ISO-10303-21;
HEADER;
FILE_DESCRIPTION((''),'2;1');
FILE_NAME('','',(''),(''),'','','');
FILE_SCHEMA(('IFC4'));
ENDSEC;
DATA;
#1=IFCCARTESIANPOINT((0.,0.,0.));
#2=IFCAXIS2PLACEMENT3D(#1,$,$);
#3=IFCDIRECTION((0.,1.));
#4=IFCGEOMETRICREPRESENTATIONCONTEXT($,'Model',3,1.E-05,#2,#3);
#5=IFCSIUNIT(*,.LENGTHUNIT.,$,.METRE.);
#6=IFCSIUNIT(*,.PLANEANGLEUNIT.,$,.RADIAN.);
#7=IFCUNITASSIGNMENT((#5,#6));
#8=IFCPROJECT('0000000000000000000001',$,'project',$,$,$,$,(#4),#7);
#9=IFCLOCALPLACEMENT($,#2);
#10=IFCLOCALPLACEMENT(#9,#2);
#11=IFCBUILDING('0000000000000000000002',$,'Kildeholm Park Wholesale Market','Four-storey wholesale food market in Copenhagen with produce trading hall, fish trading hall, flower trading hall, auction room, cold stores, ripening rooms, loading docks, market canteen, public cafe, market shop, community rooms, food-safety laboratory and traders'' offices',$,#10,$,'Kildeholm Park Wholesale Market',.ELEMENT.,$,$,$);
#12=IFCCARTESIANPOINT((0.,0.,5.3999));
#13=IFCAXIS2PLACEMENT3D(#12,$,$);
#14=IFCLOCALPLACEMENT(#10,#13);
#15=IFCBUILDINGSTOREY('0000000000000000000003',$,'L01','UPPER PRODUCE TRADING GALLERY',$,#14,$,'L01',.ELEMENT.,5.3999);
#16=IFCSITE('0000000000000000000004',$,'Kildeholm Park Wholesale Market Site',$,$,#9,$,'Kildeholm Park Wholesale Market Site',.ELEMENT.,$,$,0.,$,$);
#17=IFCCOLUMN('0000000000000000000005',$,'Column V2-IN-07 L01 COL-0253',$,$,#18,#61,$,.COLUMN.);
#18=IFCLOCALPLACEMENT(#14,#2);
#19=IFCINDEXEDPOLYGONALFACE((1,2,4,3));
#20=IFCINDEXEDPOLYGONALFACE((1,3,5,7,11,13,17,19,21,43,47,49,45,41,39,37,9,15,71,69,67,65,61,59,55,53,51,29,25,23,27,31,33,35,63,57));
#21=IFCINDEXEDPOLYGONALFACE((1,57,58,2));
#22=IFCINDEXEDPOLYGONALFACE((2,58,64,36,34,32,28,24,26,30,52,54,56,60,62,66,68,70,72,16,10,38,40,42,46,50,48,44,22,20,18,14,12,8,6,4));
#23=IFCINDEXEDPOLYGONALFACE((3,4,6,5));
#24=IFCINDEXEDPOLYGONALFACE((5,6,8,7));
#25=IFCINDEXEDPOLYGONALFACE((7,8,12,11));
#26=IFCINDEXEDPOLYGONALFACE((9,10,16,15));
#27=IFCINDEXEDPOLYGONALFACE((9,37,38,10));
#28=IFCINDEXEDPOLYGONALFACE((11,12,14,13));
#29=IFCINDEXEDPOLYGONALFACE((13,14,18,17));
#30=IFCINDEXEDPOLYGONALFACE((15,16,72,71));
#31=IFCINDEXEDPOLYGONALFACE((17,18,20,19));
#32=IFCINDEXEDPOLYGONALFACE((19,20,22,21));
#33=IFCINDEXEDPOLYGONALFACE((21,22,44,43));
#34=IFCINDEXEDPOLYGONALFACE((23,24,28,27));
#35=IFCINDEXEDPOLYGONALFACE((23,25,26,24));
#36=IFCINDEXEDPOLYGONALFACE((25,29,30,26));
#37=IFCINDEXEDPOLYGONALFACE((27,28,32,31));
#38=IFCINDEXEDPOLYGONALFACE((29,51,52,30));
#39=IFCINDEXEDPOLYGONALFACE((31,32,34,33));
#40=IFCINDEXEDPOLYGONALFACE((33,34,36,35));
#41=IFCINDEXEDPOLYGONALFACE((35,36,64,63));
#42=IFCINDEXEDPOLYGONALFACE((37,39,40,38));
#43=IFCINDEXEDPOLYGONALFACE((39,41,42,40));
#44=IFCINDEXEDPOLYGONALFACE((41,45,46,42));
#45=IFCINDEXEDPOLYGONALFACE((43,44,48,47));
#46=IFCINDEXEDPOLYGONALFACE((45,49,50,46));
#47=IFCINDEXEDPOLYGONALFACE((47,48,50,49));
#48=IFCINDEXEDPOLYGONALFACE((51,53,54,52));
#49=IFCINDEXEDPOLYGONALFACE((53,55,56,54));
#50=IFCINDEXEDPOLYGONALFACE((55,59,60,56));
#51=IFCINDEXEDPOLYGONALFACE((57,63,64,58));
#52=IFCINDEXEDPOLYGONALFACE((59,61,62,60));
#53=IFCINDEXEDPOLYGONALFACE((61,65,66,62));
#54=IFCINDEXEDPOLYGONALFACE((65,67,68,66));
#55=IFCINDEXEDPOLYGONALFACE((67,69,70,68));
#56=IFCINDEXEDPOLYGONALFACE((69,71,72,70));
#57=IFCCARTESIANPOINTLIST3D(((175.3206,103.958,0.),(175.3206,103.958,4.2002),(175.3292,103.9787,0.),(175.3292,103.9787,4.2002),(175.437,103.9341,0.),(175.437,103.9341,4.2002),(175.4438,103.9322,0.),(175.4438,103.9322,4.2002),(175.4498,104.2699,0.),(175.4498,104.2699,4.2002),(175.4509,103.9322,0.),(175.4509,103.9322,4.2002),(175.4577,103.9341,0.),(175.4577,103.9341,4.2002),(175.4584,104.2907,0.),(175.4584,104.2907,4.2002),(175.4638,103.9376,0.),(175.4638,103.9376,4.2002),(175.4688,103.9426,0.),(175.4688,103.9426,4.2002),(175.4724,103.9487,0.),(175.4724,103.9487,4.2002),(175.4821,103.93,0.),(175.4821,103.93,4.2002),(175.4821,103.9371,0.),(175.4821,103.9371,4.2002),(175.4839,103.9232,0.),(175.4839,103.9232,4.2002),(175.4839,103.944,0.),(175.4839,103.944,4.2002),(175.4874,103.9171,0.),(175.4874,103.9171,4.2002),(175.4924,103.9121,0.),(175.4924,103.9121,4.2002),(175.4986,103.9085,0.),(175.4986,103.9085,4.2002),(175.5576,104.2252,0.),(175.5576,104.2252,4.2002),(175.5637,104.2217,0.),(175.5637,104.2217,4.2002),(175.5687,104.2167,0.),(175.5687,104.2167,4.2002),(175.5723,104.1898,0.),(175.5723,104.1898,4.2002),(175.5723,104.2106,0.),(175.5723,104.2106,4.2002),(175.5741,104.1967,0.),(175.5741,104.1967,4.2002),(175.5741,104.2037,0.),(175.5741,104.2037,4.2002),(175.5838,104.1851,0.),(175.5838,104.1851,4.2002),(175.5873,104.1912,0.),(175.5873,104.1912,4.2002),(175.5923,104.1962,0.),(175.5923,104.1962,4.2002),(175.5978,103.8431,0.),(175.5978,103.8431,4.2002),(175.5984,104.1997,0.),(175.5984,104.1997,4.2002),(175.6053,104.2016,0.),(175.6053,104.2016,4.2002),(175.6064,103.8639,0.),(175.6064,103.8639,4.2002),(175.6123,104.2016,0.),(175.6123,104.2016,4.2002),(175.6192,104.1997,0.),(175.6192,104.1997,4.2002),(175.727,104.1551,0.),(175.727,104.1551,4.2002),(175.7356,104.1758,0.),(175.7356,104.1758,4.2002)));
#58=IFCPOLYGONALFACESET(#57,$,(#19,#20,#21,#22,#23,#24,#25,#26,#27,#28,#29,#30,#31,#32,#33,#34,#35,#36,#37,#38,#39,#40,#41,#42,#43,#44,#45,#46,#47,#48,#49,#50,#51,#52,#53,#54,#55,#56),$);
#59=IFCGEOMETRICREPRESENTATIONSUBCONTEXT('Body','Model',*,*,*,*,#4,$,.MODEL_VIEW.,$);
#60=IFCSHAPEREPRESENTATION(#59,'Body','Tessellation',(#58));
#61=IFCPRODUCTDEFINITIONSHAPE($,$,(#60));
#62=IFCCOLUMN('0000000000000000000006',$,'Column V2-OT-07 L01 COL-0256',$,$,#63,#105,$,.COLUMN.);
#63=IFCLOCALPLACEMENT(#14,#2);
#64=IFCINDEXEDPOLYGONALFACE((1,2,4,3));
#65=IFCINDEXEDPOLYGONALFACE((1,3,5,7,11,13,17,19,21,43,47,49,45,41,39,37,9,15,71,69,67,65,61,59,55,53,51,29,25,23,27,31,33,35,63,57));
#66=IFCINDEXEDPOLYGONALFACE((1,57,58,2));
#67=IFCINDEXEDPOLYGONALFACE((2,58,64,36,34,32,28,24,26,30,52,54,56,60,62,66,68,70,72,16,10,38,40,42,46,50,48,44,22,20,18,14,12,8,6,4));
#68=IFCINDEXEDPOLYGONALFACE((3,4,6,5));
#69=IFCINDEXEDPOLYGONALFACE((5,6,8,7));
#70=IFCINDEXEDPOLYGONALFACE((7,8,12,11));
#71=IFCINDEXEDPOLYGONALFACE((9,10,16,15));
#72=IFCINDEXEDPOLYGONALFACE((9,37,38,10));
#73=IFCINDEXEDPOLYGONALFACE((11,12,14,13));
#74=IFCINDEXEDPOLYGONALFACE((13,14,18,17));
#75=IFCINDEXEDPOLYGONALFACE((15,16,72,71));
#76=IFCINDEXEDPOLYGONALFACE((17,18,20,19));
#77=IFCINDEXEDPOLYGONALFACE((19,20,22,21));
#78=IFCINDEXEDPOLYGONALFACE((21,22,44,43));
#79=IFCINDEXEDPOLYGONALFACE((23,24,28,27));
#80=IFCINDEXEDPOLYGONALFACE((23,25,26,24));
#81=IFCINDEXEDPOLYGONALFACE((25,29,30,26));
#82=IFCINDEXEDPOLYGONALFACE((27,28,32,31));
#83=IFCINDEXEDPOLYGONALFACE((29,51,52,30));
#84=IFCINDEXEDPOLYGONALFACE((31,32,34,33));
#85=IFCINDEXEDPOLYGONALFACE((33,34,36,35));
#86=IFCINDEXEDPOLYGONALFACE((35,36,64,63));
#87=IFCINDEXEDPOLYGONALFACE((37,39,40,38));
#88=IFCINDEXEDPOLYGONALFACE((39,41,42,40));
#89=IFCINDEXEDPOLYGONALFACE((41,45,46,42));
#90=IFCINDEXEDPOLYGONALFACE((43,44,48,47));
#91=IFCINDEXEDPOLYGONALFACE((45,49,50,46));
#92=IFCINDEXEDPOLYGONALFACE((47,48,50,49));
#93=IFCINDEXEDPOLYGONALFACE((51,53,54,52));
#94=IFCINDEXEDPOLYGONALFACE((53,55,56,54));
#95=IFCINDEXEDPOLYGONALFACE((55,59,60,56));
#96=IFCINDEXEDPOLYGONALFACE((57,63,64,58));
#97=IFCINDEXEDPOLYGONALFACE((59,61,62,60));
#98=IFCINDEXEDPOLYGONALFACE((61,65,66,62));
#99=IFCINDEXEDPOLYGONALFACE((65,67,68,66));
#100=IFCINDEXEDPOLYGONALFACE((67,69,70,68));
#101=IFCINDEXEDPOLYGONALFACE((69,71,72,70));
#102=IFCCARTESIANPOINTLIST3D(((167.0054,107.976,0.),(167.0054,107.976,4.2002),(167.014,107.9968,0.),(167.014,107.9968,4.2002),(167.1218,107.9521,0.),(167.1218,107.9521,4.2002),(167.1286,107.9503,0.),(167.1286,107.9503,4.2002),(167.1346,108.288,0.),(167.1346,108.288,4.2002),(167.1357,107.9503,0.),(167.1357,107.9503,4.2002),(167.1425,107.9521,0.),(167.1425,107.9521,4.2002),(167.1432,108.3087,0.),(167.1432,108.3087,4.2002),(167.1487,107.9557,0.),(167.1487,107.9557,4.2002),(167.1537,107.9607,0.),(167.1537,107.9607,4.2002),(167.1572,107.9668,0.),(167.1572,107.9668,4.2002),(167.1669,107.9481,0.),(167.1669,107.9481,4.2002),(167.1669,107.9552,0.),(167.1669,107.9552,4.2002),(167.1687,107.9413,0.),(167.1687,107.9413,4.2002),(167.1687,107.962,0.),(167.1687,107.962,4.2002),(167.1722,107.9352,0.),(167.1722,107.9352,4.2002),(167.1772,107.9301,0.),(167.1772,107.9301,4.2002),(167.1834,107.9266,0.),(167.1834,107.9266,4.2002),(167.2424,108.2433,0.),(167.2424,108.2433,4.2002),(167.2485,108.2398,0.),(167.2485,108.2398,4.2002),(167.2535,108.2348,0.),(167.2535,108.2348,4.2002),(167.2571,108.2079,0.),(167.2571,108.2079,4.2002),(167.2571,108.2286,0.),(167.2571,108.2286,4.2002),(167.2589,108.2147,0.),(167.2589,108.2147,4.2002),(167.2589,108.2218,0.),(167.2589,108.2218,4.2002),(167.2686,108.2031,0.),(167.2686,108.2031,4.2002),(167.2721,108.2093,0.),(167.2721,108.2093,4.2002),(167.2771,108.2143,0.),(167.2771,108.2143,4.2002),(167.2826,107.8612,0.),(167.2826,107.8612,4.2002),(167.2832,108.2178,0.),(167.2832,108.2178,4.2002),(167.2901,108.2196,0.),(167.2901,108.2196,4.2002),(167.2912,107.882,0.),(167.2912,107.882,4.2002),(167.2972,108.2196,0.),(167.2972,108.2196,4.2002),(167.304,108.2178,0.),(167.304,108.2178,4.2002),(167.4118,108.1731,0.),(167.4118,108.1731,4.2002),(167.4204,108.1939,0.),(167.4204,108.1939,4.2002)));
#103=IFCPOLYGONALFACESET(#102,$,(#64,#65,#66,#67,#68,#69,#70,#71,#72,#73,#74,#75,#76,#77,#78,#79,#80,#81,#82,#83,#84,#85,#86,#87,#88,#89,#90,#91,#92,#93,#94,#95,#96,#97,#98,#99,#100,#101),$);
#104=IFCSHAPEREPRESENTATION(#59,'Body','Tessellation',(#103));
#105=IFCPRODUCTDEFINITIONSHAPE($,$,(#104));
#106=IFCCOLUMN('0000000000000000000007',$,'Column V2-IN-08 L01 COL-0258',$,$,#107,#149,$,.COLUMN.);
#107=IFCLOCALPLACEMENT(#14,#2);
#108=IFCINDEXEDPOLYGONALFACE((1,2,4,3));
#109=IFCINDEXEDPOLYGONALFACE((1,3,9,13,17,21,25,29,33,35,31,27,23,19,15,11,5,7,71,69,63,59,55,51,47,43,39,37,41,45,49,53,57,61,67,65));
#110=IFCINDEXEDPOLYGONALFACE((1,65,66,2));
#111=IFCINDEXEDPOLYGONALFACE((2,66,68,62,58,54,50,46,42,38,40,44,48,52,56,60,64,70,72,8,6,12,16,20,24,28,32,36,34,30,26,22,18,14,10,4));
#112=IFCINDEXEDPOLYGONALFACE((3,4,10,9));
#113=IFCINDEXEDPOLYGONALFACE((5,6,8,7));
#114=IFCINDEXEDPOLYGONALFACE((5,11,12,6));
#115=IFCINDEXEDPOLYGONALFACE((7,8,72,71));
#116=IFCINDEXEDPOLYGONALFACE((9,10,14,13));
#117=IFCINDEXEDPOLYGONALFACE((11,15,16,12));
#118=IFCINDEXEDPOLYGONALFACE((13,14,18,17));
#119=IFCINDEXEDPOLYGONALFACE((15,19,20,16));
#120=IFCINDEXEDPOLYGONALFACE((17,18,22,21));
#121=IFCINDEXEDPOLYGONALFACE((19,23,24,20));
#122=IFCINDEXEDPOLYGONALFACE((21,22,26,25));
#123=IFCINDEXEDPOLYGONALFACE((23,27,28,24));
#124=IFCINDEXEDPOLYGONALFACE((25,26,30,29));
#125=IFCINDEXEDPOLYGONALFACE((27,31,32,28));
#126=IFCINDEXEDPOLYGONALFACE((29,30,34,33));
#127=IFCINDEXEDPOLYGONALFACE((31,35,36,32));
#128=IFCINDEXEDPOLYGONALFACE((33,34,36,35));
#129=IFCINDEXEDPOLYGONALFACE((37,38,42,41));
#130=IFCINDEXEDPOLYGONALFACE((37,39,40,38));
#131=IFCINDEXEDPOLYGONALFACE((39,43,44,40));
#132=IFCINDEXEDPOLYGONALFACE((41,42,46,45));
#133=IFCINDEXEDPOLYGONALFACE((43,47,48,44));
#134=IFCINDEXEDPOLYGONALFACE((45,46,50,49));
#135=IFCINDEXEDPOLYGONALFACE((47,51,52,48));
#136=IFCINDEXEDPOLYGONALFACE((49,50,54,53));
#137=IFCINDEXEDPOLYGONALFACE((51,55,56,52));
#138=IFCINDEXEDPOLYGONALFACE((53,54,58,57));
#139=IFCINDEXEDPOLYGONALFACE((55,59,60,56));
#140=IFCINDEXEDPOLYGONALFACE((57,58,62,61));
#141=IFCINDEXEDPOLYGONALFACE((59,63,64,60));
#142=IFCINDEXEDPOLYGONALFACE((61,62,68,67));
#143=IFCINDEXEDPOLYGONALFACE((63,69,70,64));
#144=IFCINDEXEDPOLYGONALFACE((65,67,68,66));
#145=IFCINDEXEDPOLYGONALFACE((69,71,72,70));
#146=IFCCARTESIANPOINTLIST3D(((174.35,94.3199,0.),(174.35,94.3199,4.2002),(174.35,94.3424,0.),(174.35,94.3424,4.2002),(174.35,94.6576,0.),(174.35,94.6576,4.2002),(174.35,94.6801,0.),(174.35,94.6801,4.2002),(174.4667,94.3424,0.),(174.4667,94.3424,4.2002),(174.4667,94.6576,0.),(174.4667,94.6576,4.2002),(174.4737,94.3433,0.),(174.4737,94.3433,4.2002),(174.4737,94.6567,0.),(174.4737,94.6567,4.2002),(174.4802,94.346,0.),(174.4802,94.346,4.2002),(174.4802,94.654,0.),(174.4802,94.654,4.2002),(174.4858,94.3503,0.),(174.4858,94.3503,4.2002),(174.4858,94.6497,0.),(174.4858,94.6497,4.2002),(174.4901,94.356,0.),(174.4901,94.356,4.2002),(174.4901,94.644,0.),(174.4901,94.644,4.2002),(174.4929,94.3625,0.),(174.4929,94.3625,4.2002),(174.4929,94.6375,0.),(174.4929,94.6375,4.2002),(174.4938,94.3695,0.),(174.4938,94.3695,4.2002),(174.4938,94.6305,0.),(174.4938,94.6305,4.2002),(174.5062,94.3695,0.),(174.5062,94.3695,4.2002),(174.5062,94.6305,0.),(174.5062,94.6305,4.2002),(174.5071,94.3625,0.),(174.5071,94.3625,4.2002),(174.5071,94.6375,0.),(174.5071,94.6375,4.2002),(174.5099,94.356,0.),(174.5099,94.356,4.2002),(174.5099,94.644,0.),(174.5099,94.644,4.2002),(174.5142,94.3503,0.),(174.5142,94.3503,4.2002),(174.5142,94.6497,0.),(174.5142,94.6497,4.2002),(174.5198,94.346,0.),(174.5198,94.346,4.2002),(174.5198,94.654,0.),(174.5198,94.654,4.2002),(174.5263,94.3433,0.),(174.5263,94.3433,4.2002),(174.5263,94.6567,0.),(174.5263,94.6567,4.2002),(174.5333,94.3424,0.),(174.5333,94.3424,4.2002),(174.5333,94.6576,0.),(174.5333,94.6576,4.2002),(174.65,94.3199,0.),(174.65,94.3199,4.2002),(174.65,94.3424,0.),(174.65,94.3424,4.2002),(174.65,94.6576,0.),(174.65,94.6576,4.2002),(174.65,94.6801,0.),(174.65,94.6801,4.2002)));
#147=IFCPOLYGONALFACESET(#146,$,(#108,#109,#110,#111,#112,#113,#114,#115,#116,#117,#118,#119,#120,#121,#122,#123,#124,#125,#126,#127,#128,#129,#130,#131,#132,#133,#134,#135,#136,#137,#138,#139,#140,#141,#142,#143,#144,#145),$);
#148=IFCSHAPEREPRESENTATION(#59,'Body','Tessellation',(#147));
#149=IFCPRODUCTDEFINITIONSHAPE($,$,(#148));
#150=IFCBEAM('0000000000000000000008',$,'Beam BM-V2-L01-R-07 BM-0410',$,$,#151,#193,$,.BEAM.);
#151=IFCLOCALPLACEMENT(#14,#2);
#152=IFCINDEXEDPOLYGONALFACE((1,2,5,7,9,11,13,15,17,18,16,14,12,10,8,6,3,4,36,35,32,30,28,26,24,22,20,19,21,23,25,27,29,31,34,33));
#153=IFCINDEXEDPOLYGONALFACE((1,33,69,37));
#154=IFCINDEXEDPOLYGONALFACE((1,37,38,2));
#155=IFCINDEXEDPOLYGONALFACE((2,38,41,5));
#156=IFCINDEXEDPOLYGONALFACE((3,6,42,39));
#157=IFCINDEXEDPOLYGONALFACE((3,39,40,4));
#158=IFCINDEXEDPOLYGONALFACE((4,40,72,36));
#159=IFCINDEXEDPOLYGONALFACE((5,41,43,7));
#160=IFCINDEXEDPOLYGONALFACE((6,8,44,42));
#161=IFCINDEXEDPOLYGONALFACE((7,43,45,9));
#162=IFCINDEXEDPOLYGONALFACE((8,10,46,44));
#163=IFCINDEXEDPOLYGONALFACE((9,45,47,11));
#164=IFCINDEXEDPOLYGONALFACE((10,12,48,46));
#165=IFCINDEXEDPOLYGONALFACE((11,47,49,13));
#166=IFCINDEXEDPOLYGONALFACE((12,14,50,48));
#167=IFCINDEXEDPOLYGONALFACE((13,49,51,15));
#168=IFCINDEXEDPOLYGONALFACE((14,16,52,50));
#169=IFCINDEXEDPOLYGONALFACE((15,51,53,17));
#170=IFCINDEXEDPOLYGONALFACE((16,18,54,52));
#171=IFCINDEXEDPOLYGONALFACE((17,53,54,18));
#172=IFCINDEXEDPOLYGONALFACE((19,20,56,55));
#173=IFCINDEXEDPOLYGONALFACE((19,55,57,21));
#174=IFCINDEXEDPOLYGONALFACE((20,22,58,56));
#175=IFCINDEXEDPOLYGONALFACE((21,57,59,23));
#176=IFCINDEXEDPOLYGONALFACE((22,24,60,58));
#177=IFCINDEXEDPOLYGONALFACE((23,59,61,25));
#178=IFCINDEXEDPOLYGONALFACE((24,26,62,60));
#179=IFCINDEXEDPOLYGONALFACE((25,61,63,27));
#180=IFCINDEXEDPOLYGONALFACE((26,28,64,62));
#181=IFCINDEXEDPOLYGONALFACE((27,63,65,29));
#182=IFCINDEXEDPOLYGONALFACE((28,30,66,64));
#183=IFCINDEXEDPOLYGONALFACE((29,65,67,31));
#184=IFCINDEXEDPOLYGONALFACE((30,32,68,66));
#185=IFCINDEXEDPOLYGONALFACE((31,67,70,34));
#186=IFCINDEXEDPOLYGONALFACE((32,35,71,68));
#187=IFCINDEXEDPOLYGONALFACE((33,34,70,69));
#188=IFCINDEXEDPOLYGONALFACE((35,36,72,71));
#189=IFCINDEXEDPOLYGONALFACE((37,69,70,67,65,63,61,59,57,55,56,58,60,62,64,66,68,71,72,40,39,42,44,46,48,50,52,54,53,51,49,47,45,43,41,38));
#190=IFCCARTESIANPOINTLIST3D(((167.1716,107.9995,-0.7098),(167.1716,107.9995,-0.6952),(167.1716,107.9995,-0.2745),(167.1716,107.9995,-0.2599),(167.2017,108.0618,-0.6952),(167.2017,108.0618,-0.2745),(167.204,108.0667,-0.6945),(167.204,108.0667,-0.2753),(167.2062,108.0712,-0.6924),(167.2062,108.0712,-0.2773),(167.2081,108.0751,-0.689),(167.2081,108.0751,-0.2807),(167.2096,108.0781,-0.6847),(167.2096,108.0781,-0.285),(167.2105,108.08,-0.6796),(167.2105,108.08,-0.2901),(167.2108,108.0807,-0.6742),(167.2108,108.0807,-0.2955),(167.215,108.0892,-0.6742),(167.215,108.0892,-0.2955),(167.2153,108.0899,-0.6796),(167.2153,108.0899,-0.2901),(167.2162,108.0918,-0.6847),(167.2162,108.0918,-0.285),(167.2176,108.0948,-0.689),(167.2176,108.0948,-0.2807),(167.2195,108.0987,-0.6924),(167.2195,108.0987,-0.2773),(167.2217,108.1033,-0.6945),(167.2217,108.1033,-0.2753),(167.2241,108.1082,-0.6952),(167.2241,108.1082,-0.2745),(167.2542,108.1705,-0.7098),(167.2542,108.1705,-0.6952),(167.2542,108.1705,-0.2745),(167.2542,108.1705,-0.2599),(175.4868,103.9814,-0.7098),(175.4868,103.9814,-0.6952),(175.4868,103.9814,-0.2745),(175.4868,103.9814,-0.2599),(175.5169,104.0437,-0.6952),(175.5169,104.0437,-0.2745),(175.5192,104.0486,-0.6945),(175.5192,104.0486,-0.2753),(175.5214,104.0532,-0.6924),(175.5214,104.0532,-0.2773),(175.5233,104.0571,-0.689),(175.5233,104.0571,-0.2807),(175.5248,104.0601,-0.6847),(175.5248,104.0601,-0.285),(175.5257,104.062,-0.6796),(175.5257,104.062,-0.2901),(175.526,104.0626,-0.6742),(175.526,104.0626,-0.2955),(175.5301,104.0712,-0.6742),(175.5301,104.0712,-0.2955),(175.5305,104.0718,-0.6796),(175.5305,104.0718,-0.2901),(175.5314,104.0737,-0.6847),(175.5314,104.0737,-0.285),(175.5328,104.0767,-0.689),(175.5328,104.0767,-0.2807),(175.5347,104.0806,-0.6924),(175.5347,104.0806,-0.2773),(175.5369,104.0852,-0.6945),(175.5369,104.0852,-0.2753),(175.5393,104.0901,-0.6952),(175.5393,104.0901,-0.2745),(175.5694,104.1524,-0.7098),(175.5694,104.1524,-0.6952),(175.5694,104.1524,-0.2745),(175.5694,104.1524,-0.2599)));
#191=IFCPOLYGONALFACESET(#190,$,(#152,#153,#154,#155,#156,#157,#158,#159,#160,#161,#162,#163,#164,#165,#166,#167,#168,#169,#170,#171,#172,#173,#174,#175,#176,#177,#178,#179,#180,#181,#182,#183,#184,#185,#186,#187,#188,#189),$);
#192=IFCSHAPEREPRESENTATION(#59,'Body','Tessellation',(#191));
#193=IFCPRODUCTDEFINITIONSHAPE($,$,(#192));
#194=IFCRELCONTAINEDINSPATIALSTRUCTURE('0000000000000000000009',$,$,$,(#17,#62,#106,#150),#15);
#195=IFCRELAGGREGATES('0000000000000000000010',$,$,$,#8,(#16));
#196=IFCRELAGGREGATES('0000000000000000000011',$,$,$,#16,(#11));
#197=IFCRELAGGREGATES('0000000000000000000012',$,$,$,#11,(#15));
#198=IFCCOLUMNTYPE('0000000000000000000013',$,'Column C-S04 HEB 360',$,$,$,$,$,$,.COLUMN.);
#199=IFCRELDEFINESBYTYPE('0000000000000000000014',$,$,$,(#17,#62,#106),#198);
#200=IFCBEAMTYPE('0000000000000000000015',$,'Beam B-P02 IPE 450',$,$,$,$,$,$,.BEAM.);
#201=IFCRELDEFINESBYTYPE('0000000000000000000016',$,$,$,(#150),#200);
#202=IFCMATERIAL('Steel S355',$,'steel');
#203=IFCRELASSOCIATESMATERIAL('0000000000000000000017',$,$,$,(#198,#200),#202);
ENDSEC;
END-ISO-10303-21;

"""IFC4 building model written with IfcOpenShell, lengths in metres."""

from ifc_helpers import new_model, si_unit, direction, frame, origin, origin_2d, place, context, subcontext, project, spatial, i_section, extrude, material, material_profile, profile_set, type_object, element, save


model = new_model("IFC4")

# Units and contexts
model_context = context("Model", 3, precision=1e-05, world=origin(), true_north=direction((0.0, 1.0)))
body_context = subcontext(model_context, "Body", "Model", "MODEL_VIEW")
ifc_project = project(units=[si_unit("LENGTHUNIT", "METRE"), si_unit("PLANEANGLEUNIT", "RADIAN")], contexts=[model_context])

# Site, building, storey
site_placement = place(None, origin())
site = spatial("IfcSite", under=ifc_project, at=site_placement, Name="Kildeholm Park Wholesale Market Site", LongName="Kildeholm Park Wholesale Market Site", CompositionType="ELEMENT", RefElevation=0.0)
building_placement = place(site_placement, origin())
building = spatial("IfcBuilding", under=site, at=building_placement, Name="Kildeholm Park Wholesale Market", Description="Four-storey wholesale food market in Copenhagen with produce trading hall, fish trading hall, flower trading hall, auction room, cold stores, ripening rooms, loading docks, market canteen, public cafe, market shop, community rooms, food-safety laboratory and traders' offices", LongName="Kildeholm Park Wholesale Market", CompositionType="ELEMENT")
storey_placement = place(building_placement, frame((0.0, 0.0, 5.3999)))
storey = spatial("IfcBuildingStorey", under=building, at=storey_placement, Name="L01", Description="UPPER PRODUCE TRADING GALLERY", LongName="L01", CompositionType="ELEMENT", Elevation=5.3999)

# Columns
ifc_material_1 = material(Name="Steel S355", Category="steel")
ifc_material_profile_1 = material_profile(ifc_material_1, i_section(OverallWidth=0.3, OverallDepth=0.3601, WebThickness=0.0125, FlangeThickness=0.0225, FilletRadius=0.0271, at=origin_2d()), Name="HEB 360")
ifc_profile_set_1 = profile_set([ifc_material_profile_1], Name="Steel S355")
column_type = type_object("IfcColumnType", Name="Column C-S04 HEB 360", PredefinedType="COLUMN", material=ifc_profile_set_1)
for number, where, z_axis, x_axis, name in (
    (1, (175.5281, 104.0669, 0.0), (0.0, 0.0, 1.0), (-0.92388, 0.382683, 0.0), "Column V2-IN-07 L01 COL-0253"),
    (2, (167.2129, 108.085, 0.0), (0.0, 0.0, 1.0), (-0.92388, 0.382683, 0.0), "Column V2-OT-07 L01 COL-0256"),
    (3, (174.5, 94.5, 0.0), (0.0, 0.0, 1.0), (-1.0, 0.0, 0.0), "Column V2-IN-08 L01 COL-0258"),
):
    element("IfcColumn", number, at=place(storey_placement, frame(where, z_axis=z_axis, x_axis=x_axis)), inside=storey, type_object=column_type, Name=name, PredefinedType="COLUMN", context=body_context, shape_type="SweptSolid", body=[
        extrude(i_section(OverallWidth=0.3, OverallDepth=0.3601, WebThickness=0.0125, FlangeThickness=0.0225, FilletRadius=0.0271, at=origin_2d()), origin(), (0.0, 0.0, 1.0), 4.2002),
    ])

# Beam
ifc_material_profile_2 = material_profile(ifc_material_1, i_section(OverallWidth=0.1899, OverallDepth=0.45, WebThickness=0.0095, FlangeThickness=0.0146, FilletRadius=0.021, at=origin_2d()), Name="IPE 450")
ifc_profile_set_2 = profile_set([ifc_material_profile_2], Name="Steel S355")
beam_type_1 = type_object("IfcBeamType", Name="Beam B-P02 IPE 450", PredefinedType="BEAM", material=ifc_profile_set_2)
beam_1_placement = place(storey_placement, frame((175.5281, 104.0669, -0.4849), z_axis=(-0.900389, 0.435086, 0.0), x_axis=(-0.435086, -0.900389, 0.0)))
element("IfcBeam", 4, at=beam_1_placement, inside=storey, type_object=beam_type_1, Name="Beam BM-V2-L01-R-07 BM-0410", PredefinedType="BEAM", context=body_context, shape_type="SweptSolid", body=[
    extrude(i_section(OverallWidth=0.1899, OverallDepth=0.45, WebThickness=0.0095, FlangeThickness=0.0146, FilletRadius=0.021, at=origin_2d()), origin(), (0.0, 0.0, 1.0), 9.2351),
])

save(model, "model.ifc")
